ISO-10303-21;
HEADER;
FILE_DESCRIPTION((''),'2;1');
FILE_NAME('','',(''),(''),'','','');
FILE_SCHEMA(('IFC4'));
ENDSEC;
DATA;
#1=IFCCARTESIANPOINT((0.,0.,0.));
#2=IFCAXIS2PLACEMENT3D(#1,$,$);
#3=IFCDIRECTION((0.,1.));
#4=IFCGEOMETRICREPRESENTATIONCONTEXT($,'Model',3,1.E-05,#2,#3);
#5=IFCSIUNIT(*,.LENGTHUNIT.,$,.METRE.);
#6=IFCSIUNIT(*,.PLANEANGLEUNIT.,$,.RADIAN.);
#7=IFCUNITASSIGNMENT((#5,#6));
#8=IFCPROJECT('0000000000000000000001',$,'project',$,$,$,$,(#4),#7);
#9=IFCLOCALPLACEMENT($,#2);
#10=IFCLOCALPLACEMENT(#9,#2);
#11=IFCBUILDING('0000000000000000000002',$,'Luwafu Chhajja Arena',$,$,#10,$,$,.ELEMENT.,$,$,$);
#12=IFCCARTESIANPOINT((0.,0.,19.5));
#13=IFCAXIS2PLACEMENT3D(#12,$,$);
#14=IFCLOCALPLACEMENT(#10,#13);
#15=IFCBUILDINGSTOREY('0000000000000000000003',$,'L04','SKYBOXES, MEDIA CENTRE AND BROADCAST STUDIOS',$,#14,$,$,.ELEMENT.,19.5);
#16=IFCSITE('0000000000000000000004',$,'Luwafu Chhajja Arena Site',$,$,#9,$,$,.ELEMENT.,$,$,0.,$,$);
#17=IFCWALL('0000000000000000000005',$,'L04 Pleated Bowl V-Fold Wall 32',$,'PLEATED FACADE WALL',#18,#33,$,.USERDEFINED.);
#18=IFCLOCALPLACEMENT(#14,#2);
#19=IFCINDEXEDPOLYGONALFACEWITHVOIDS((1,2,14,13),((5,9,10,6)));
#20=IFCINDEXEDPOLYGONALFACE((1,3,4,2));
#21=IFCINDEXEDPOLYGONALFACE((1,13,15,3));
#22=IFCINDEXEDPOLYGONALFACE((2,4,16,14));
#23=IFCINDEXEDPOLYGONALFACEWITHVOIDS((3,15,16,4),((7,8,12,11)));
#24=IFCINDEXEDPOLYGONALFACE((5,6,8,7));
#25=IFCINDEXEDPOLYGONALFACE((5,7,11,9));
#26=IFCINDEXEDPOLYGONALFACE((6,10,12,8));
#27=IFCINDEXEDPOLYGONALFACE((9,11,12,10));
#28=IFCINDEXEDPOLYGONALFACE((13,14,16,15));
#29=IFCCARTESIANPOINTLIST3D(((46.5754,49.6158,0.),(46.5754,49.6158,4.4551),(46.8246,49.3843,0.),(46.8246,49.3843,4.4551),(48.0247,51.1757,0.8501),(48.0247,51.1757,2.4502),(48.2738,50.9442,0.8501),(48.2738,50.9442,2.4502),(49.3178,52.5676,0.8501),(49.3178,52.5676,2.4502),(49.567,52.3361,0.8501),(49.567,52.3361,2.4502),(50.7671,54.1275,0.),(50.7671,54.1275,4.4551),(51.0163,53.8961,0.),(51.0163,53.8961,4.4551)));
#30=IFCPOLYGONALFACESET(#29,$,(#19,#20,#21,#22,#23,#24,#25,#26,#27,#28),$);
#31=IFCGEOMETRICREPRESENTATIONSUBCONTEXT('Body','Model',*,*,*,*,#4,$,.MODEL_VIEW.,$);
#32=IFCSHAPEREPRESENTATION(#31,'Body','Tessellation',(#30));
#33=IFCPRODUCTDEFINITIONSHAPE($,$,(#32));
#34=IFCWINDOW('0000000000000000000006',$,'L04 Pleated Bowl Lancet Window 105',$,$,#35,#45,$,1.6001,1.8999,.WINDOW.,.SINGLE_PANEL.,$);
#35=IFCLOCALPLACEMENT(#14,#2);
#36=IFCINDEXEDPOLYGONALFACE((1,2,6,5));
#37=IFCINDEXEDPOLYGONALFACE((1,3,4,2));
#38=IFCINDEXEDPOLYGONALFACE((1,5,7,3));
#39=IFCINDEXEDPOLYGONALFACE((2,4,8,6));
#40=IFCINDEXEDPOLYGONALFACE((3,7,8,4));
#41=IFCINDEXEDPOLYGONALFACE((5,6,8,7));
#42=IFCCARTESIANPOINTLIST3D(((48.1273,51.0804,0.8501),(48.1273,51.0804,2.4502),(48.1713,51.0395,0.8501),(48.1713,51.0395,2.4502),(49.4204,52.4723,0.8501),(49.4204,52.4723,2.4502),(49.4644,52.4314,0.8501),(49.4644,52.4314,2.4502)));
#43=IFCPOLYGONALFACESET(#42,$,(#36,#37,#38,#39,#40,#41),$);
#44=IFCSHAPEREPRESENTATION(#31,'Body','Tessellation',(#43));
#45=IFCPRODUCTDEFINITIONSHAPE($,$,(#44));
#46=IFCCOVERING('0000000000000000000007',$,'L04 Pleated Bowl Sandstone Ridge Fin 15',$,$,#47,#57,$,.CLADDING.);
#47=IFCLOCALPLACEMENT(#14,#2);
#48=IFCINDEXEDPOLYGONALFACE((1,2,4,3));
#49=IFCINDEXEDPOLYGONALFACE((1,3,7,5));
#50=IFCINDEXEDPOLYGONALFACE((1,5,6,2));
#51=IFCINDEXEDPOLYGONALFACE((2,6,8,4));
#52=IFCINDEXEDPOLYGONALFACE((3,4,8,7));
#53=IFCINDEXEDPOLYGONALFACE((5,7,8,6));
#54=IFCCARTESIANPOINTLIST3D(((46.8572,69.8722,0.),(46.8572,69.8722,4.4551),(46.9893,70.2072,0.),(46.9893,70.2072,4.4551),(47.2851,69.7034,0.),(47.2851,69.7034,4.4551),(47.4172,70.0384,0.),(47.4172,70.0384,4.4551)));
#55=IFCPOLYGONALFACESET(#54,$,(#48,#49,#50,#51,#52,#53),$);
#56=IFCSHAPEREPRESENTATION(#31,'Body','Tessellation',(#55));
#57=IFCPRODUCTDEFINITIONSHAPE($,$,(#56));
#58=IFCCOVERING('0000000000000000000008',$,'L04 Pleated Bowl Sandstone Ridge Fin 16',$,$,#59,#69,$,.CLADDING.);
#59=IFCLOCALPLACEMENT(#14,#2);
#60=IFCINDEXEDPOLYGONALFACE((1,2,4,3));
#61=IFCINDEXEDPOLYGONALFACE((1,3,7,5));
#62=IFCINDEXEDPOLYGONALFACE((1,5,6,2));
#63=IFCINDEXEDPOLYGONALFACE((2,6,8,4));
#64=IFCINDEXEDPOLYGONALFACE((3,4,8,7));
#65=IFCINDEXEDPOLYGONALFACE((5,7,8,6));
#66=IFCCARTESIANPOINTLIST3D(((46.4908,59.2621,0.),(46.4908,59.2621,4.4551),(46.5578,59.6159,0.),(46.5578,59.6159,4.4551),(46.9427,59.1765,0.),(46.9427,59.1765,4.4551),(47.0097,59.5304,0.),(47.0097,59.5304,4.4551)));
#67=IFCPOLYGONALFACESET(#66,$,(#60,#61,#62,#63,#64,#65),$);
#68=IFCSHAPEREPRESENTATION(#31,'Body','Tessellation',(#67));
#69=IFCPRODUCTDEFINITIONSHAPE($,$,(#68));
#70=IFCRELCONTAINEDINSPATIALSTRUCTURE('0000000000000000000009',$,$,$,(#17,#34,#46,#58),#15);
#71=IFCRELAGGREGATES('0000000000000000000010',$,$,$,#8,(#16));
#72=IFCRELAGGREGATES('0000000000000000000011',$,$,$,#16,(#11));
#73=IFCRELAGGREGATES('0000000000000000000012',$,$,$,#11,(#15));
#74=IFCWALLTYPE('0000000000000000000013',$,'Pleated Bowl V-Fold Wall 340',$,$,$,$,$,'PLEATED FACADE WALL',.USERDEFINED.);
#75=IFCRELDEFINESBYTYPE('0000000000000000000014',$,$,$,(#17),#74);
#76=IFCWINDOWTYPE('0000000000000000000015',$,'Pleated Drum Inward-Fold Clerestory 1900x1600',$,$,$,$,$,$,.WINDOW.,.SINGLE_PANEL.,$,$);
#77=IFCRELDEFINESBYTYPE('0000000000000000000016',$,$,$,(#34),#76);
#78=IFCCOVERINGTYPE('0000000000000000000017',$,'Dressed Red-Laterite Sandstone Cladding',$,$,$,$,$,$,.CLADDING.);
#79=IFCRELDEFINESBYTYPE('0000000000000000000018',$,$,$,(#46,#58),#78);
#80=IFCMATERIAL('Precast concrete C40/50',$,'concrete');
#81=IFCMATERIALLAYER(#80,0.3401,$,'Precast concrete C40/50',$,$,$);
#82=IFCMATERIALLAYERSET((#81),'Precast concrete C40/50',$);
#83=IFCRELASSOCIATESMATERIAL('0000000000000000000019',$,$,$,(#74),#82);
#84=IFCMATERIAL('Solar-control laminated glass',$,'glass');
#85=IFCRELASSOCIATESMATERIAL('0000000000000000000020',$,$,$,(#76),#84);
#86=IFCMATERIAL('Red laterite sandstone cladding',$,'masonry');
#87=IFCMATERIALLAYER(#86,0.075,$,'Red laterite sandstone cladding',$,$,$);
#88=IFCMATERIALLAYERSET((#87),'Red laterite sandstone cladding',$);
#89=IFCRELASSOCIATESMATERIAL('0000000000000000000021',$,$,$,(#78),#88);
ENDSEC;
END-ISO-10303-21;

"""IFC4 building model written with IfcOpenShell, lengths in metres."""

from ifc_helpers import new_model, si_unit, direction, frame, frame_2d, origin, origin_2d, place, context, subcontext, project, spatial, rectangle, extrude, material, layer, layer_set, type_object, element, fill, save


model = new_model("IFC4")

# Units and contexts
model_context = context("Model", 3, precision=1e-05, world=origin(), true_north=direction((0.0, 1.0)))
body_context = subcontext(model_context, "Body", "Model", "MODEL_VIEW")
ifc_project = project(units=[si_unit("LENGTHUNIT", "METRE"), si_unit("PLANEANGLEUNIT", "RADIAN")], contexts=[model_context])

# Site, building, storey
site_placement = place(None, origin())
site = spatial("IfcSite", under=ifc_project, at=site_placement, Name="Luwafu Chhajja Arena Site", CompositionType="ELEMENT", RefElevation=0.0)
building_placement = place(site_placement, origin())
building = spatial("IfcBuilding", under=site, at=building_placement, Name="Luwafu Chhajja Arena", CompositionType="ELEMENT")
storey_placement = place(building_placement, frame((0.0, 0.0, 19.5)))
storey = spatial("IfcBuildingStorey", under=building, at=storey_placement, Name="L04", Description="SKYBOXES, MEDIA CENTRE AND BROADCAST STUDIOS", CompositionType="ELEMENT", Elevation=19.5)

# Shared definitions
ifc_material_1 = material(Name="Solar-control laminated glass", Category="glass")

# Wall, opening, window
ifc_material_2 = material(Name="Precast concrete C40/50", Category="concrete")
ifc_layer_1 = layer(ifc_material_2, 0.3401, Name="Precast concrete C40/50")
ifc_layer_set_1 = layer_set([ifc_layer_1], Name="Precast concrete C40/50")
wall_type = type_object("IfcWallType", Name="Pleated Bowl V-Fold Wall 340", ElementType="PLEATED FACADE WALL", PredefinedType="USERDEFINED", material=ifc_layer_set_1)
window_type_1 = type_object("IfcWindowType", Name="Pleated Drum Inward-Fold Clerestory 1900x1600", PartitioningType="SINGLE_PANEL", PredefinedType="WINDOW", material=ifc_material_1)
wall_1_placement = place(storey_placement, frame((50.8916, 54.0117, 0.0), z_axis=(0.0, 0.0, 1.0), x_axis=(-0.680643, -0.732616, 0.0)))
wall_1 = element("IfcWall", 1, at=wall_1_placement, inside=storey, type_object=wall_type, Name="L04 Pleated Bowl V-Fold Wall 32", ObjectType="PLEATED FACADE WALL", PredefinedType="USERDEFINED", context=body_context, shape_type="SweptSolid", body=[
    extrude(rectangle(XDim=6.1584, YDim=0.3401, at=frame_2d((3.0791, 0.0))), origin(), (0.0, 0.0, 1.0), 4.4551),
])
opening_1_placement = place(wall_1_placement, frame((2.1292, 0.0, 0.8501)))
opening_1 = element("IfcOpeningElement", 2, at=opening_1_placement, cuts=wall_1, PredefinedType="OPENING", context=body_context, shape_type="SweptSolid", body=[
    extrude(rectangle(XDim=1.8999, YDim=1.6001, at=frame_2d((0.95, 0.8))), frame((0.0, 0.1799, 0.0), z_axis=(0.0, -1.0, 0.0), x_axis=(1.0, 0.0, 0.0)), (0.0, 0.0, 1.0), 0.3601),
])
window_1_placement = place(opening_1_placement, origin())
window_1 = element("IfcWindow", 3, at=window_1_placement, inside=storey, type_object=window_type_1, Name="L04 Pleated Bowl Lancet Window 105", OverallHeight=1.6001, OverallWidth=1.8999, PartitioningType="SINGLE_PANEL", PredefinedType="WINDOW", context=body_context, shape_type="SweptSolid", body=[
    extrude(rectangle(XDim=1.8999, YDim=1.6001, at=frame_2d((0.95, 0.8))), frame((0.0, 0.03, 0.0), z_axis=(0.0, -1.0, 0.0), x_axis=(1.0, 0.0, 0.0)), (0.0, 0.0, 1.0), 0.0601),
])
fill(opening_1, window_1)

# Coverings
ifc_material_3 = material(Name="Red laterite sandstone cladding", Category="masonry")
ifc_layer_2 = layer(ifc_material_3, 0.075, Name="Red laterite sandstone cladding")
ifc_layer_set_2 = layer_set([ifc_layer_2], Name="Red laterite sandstone cladding")
covering_type = type_object("IfcCoveringType", Name="Dressed Red-Laterite Sandstone Cladding", PredefinedType="CLADDING", material=ifc_layer_set_2)
for number, where, z_axis, x_axis, name in (
    (4, (47.1372, 69.9553, 0.0), (0.0, 0.0, 1.0), (-0.930259, 0.366904, 0.0), "L04 Pleated Bowl Sandstone Ridge Fin 15"),
    (5, (46.7502, 59.3962, 0.0), (0.0, 0.0, 1.0), (-0.982532, 0.186093, 0.0), "L04 Pleated Bowl Sandstone Ridge Fin 16"),
):
    element("IfcCovering", number, at=place(storey_placement, frame(where, z_axis=z_axis, x_axis=x_axis)), inside=storey, type_object=covering_type, Name=name, PredefinedType="CLADDING", context=body_context, shape_type="SweptSolid", body=[
        extrude(rectangle(XDim=0.46, YDim=0.3601, at=origin_2d()), origin(), (0.0, 0.0, 1.0), 4.4551),
    ])

save(model, "model.ifc")
